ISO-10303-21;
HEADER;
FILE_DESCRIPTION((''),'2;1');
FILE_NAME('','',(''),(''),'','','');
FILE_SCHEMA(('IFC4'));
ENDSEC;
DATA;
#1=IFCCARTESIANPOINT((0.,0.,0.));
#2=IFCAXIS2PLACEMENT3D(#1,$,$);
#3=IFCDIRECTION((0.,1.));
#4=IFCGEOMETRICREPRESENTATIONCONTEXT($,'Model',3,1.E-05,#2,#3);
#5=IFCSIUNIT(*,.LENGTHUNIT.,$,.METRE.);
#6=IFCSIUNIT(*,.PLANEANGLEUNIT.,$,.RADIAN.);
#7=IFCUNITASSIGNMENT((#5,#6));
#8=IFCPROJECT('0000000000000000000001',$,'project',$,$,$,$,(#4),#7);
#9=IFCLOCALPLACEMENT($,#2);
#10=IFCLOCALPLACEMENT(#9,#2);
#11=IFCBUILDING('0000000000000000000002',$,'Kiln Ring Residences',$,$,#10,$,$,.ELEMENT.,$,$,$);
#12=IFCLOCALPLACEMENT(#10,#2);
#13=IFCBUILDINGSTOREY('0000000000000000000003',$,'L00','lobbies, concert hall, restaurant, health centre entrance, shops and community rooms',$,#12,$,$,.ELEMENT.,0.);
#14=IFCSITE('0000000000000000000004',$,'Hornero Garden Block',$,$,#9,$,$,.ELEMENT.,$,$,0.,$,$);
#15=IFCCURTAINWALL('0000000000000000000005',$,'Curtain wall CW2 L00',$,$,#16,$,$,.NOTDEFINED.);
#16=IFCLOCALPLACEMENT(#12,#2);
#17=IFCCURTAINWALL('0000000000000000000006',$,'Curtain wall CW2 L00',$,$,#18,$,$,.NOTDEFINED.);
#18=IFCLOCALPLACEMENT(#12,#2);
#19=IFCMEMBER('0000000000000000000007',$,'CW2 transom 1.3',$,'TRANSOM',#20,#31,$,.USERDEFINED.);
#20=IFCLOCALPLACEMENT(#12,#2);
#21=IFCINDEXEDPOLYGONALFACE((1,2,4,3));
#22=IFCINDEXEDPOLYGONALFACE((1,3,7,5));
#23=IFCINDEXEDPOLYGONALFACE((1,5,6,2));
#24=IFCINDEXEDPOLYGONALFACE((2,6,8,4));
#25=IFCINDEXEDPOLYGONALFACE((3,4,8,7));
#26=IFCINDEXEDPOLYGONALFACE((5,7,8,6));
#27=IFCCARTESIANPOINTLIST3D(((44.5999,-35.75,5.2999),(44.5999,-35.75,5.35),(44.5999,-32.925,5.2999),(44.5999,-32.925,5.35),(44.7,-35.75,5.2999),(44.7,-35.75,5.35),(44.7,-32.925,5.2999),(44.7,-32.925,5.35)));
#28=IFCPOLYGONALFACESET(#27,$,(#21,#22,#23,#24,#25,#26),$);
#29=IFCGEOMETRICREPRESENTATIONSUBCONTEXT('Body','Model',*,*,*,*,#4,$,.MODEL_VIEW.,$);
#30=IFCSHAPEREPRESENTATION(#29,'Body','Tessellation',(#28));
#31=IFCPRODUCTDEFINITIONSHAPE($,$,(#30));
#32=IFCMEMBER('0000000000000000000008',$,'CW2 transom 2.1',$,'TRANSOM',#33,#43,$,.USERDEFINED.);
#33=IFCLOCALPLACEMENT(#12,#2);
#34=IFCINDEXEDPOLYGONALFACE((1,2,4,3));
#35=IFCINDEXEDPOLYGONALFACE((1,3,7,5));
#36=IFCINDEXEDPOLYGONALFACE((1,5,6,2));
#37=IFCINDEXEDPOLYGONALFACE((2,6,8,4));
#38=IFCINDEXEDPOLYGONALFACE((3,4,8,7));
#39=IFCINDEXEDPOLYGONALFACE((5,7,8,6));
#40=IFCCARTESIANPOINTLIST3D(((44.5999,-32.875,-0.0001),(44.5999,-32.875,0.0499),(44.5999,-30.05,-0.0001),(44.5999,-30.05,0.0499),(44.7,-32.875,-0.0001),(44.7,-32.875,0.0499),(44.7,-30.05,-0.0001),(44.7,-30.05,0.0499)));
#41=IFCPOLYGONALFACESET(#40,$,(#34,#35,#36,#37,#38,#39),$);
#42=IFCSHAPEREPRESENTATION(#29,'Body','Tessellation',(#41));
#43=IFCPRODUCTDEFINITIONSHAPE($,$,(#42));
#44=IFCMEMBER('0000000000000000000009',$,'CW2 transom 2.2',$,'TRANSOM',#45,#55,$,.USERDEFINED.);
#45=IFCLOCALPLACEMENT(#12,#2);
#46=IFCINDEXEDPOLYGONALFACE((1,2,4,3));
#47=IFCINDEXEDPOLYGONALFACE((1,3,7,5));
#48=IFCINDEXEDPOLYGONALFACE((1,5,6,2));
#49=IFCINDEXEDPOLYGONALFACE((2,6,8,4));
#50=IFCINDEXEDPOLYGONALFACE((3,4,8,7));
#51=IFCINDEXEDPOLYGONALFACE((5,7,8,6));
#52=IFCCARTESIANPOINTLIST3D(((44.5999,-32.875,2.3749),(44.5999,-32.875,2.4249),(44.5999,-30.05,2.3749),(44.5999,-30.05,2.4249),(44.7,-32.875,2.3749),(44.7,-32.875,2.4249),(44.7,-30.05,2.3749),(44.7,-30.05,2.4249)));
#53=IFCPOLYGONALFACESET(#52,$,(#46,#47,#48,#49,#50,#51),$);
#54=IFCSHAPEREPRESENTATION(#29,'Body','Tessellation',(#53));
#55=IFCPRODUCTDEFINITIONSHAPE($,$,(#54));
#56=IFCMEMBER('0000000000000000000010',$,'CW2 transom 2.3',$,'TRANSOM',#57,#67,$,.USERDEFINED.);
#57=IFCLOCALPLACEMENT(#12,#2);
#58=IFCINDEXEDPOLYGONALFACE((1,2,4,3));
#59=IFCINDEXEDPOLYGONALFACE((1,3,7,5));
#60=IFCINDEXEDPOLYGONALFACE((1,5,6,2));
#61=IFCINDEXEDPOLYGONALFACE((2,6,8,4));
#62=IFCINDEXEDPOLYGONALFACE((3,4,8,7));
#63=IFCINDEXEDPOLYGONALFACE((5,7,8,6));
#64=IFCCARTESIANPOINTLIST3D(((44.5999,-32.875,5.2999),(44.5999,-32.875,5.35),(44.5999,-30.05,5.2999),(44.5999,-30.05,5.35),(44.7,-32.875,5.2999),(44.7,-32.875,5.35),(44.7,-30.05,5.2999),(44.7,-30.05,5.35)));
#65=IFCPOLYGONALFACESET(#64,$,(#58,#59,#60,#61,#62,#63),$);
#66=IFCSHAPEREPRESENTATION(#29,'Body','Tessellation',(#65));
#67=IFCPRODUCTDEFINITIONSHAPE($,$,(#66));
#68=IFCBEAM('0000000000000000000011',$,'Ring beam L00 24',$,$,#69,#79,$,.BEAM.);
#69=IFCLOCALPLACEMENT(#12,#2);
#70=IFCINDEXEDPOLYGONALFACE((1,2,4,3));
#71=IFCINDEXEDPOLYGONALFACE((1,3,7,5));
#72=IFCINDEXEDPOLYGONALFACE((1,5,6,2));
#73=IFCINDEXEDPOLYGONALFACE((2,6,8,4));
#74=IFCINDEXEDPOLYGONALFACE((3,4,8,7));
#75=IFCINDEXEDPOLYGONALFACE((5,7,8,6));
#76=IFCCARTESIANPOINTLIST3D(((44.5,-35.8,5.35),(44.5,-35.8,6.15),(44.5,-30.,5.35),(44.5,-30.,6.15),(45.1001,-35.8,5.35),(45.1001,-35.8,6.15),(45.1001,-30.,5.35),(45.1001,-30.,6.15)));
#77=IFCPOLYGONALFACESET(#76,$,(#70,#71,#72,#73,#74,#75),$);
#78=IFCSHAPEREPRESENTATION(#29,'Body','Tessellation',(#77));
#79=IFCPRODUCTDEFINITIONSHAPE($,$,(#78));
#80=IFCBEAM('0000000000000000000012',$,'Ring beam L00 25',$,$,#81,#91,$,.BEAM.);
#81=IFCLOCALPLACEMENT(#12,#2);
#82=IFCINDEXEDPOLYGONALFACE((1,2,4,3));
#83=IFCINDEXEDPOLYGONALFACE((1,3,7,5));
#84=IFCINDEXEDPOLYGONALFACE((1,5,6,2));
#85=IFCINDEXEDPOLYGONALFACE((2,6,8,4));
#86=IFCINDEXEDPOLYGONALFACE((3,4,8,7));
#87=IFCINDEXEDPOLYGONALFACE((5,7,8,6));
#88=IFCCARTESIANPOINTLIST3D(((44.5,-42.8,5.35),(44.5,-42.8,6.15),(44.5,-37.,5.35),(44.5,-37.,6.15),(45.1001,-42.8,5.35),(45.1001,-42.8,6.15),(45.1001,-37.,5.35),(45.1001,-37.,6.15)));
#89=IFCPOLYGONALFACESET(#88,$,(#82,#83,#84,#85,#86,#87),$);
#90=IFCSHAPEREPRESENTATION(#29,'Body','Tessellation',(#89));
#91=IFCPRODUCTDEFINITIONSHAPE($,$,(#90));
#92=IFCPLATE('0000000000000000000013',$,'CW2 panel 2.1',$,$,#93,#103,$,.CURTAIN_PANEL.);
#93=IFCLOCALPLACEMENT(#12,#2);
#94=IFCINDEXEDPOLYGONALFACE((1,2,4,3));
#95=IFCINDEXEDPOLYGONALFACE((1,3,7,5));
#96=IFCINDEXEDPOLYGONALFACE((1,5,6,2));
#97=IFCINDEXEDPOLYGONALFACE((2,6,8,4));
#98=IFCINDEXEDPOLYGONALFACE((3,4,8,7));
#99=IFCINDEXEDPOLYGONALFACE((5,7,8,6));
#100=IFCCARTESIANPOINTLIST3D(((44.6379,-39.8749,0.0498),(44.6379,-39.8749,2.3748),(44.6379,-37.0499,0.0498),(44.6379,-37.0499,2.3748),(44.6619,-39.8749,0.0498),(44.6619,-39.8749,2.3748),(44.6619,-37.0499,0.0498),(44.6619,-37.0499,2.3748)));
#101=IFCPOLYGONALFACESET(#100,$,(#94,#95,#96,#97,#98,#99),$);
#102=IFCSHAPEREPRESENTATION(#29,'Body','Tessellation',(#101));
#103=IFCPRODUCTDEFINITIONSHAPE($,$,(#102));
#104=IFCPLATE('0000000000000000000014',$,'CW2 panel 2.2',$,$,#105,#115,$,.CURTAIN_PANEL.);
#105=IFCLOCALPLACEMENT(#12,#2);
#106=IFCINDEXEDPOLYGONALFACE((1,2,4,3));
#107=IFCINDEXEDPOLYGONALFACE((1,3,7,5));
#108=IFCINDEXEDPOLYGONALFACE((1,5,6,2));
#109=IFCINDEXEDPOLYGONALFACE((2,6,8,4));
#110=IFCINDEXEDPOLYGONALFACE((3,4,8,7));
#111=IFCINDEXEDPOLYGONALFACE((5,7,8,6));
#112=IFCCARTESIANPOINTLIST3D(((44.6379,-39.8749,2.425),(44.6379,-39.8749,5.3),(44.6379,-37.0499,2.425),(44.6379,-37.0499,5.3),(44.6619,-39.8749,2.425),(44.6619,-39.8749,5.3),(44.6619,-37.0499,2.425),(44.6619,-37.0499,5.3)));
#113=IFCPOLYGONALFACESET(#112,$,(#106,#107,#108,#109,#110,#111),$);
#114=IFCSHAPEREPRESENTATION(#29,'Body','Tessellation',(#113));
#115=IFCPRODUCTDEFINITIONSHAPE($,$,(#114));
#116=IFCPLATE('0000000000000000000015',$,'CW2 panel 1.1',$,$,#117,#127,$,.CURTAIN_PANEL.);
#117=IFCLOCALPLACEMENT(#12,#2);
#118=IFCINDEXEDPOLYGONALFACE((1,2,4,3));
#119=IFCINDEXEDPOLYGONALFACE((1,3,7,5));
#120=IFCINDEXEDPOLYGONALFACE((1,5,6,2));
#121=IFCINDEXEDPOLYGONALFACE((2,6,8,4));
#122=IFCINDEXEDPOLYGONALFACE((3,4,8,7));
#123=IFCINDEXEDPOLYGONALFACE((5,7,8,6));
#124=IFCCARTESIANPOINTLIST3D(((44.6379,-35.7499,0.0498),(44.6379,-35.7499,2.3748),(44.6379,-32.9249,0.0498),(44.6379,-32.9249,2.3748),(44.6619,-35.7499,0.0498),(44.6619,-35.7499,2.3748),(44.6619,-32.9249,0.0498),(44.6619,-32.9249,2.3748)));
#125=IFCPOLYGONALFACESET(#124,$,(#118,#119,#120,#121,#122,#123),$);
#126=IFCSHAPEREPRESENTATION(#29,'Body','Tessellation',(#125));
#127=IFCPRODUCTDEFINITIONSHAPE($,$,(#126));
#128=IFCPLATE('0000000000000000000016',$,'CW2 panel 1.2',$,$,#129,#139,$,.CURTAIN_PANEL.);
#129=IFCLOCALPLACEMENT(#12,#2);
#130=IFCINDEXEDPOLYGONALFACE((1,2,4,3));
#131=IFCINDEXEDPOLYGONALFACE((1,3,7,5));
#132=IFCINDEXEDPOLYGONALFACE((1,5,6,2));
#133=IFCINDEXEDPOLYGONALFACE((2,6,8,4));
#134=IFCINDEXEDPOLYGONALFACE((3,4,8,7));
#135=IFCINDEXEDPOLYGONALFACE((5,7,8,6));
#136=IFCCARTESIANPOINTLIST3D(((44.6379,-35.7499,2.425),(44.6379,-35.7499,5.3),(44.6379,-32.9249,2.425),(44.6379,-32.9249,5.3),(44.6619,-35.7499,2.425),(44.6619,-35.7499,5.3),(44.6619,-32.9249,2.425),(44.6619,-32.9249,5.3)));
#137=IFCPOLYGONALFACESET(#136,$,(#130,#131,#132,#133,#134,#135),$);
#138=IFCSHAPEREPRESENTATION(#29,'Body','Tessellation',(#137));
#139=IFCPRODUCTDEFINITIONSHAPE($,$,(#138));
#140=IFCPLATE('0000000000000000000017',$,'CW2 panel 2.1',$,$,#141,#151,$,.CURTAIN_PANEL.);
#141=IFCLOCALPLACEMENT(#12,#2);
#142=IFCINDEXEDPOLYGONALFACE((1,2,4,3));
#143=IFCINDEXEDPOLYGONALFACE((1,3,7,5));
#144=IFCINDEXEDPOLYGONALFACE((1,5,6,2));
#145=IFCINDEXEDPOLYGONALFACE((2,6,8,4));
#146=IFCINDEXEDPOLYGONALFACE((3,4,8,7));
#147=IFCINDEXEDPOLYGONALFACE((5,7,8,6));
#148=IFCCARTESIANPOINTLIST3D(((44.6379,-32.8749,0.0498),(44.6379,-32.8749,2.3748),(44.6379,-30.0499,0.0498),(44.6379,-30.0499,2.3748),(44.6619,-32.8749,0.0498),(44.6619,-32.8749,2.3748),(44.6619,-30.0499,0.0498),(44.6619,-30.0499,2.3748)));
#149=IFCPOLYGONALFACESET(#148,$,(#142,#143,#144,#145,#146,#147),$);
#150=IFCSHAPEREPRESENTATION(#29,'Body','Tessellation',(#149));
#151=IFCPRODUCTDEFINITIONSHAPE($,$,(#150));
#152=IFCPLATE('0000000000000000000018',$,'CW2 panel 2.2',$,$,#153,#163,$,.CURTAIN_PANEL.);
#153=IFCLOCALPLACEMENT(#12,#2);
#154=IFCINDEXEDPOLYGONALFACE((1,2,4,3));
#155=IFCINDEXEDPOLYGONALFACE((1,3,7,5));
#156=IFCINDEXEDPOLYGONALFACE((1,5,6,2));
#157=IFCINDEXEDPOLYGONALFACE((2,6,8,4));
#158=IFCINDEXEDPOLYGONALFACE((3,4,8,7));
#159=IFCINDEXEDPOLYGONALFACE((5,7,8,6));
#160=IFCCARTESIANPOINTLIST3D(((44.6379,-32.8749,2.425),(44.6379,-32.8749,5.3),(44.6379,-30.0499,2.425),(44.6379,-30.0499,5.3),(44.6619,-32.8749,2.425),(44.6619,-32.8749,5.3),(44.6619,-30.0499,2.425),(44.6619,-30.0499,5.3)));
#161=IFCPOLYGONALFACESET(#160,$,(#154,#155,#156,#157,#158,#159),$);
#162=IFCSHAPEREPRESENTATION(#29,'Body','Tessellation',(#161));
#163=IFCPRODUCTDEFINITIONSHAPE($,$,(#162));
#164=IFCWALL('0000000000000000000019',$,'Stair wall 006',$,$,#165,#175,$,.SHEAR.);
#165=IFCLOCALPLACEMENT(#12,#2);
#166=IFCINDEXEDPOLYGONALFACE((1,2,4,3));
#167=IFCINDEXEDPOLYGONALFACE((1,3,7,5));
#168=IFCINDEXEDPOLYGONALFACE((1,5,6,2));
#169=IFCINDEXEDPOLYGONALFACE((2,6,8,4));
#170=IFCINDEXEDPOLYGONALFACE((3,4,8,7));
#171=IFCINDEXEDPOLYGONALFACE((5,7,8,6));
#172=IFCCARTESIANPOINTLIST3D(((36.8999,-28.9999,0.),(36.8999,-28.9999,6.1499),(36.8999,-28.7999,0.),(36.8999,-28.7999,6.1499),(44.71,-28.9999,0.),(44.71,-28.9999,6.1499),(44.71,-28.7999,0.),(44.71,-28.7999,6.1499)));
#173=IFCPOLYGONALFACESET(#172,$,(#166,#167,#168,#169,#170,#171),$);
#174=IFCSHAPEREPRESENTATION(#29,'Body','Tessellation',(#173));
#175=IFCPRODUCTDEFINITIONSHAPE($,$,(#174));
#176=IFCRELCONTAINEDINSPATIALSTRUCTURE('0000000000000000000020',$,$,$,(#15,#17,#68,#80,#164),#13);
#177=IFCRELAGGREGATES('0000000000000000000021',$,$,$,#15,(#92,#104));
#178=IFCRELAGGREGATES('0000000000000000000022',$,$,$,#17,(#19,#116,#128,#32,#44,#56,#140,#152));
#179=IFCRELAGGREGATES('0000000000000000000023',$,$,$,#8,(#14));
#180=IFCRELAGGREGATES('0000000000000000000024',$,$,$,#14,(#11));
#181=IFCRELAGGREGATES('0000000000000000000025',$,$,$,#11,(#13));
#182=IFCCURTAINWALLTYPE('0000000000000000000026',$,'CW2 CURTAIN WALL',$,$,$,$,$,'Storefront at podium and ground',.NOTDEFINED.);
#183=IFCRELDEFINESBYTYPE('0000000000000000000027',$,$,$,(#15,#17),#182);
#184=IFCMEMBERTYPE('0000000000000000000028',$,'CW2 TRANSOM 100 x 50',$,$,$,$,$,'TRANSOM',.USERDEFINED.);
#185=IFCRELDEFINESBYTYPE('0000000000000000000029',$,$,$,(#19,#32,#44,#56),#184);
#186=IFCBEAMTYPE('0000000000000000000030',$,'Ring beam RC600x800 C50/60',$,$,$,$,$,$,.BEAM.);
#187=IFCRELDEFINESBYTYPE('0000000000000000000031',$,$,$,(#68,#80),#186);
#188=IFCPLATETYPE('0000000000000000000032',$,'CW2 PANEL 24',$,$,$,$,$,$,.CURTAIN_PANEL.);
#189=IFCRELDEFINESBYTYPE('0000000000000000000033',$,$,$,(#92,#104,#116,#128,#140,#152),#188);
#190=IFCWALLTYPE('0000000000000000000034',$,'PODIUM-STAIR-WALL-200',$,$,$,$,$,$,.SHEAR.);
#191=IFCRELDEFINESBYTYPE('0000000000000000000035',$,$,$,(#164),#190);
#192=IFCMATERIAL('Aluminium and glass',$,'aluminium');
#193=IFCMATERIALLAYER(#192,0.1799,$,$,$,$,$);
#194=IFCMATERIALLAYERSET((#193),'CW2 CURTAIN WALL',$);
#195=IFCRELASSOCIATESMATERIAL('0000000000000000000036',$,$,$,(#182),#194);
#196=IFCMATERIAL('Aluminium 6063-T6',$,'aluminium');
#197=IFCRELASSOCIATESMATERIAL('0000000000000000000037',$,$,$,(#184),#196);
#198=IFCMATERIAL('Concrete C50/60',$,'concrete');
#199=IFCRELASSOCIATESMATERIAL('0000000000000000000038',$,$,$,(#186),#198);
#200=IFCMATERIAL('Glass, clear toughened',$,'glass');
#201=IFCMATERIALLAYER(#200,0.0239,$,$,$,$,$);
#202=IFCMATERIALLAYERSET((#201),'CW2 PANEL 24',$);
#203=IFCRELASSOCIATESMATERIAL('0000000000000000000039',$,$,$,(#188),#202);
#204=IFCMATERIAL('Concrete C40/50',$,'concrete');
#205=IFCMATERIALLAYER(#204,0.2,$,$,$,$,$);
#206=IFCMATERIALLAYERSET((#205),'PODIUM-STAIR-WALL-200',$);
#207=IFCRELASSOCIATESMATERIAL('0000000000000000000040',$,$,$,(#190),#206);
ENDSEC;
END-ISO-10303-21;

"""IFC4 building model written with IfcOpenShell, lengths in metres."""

from ifc_helpers import new_model, si_unit, direction, frame, frame_2d, origin, origin_2d, place, context, subcontext, project, spatial, rectangle, extrude, material, layer, layer_set, material_profile, profile_set, type_object, element, aggregate, save


model = new_model("IFC4")

# Units and contexts
model_context = context("Model", 3, precision=1e-05, world=origin(), true_north=direction((0.0, 1.0)))
body_context = subcontext(model_context, "Body", "Model", "MODEL_VIEW")
ifc_project = project(units=[si_unit("LENGTHUNIT", "METRE"), si_unit("PLANEANGLEUNIT", "RADIAN")], contexts=[model_context])

# Site, building, storey
site_placement = place(None, origin())
site = spatial("IfcSite", under=ifc_project, at=site_placement, Name="Hornero Garden Block", CompositionType="ELEMENT", RefElevation=0.0)
building_placement = place(site_placement, origin())
building = spatial("IfcBuilding", under=site, at=building_placement, Name="Kiln Ring Residences", CompositionType="ELEMENT")
storey_placement = place(building_placement, origin())
storey = spatial("IfcBuildingStorey", under=building, at=storey_placement, Name="L00", Description="lobbies, concert hall, restaurant, health centre entrance, shops and community rooms", CompositionType="ELEMENT", Elevation=0.0)

# Curtain wall
ifc_material_1 = material(Name="Aluminium and glass", Category="aluminium")
ifc_layer_1 = layer(ifc_material_1, 0.1799)
ifc_layer_set_1 = layer_set([ifc_layer_1], Name="CW2 CURTAIN WALL")
curtain_wall_type = type_object("IfcCurtainWallType", Name="CW2 CURTAIN WALL", ElementType="Storefront at podium and ground", PredefinedType="NOTDEFINED", material=ifc_layer_set_1)
placement = place(storey_placement, origin())
curtain_wall_1 = element("IfcCurtainWall", 1, at=placement, inside=storey, type_object=curtain_wall_type, Name="Curtain wall CW2 L00", PredefinedType="NOTDEFINED")

# Curtain wall
curtain_wall_2 = element("IfcCurtainWall", 2, at=placement, inside=storey, type_object=curtain_wall_type, Name="Curtain wall CW2 L00", PredefinedType="NOTDEFINED")

# Members
ifc_material_2 = material(Name="Aluminium 6063-T6", Category="aluminium")
ifc_material_profile_1 = material_profile(ifc_material_2, rectangle(XDim=0.1001, YDim=0.05, at=origin_2d()), Name="AL 100x50")
ifc_profile_set_1 = profile_set([ifc_material_profile_1], Name="Aluminium 6063-T6")
member_type_1 = type_object("IfcMemberType", Name="CW2 TRANSOM 100 x 50", ElementType="TRANSOM", PredefinedType="USERDEFINED", material=ifc_profile_set_1)
member_1_placement = place(storey_placement, frame((44.6499, -35.75, 5.325), z_axis=(0.0, 1.0, 0.0), x_axis=(-1.0, 0.0, 0.0)))
member_1 = element("IfcMember", 3, at=member_1_placement, type_object=member_type_1, Name="CW2 transom 1.3", ObjectType="TRANSOM", PredefinedType="USERDEFINED", context=body_context, shape_type="SweptSolid", body=[
    extrude(rectangle(XDim=0.1001, YDim=0.05, at=origin_2d()), origin(), (0.0, 0.0, 1.0), 2.825),
])
member_2_placement = place(storey_placement, frame((44.6499, -32.875, 0.0249), z_axis=(0.0, 1.0, 0.0), x_axis=(-1.0, 0.0, 0.0)))
member_2 = element("IfcMember", 4, at=member_2_placement, type_object=member_type_1, Name="CW2 transom 2.1", ObjectType="TRANSOM", PredefinedType="USERDEFINED", context=body_context, shape_type="SweptSolid", body=[
    extrude(rectangle(XDim=0.1001, YDim=0.05, at=origin_2d()), origin(), (0.0, 0.0, 1.0), 2.825),
])
member_3_placement = place(storey_placement, frame((44.6499, -32.875, 2.3999), z_axis=(0.0, 1.0, 0.0), x_axis=(-1.0, 0.0, 0.0)))
member_3 = element("IfcMember", 5, at=member_3_placement, type_object=member_type_1, Name="CW2 transom 2.2", ObjectType="TRANSOM", PredefinedType="USERDEFINED", context=body_context, shape_type="SweptSolid", body=[
    extrude(rectangle(XDim=0.1001, YDim=0.05, at=origin_2d()), origin(), (0.0, 0.0, 1.0), 2.825),
])
member_4_placement = place(storey_placement, frame((44.6499, -32.875, 5.325), z_axis=(0.0, 1.0, 0.0), x_axis=(-1.0, 0.0, 0.0)))
member_4 = element("IfcMember", 6, at=member_4_placement, type_object=member_type_1, Name="CW2 transom 2.3", ObjectType="TRANSOM", PredefinedType="USERDEFINED", context=body_context, shape_type="SweptSolid", body=[
    extrude(rectangle(XDim=0.1001, YDim=0.05, at=origin_2d()), origin(), (0.0, 0.0, 1.0), 2.825),
])

# Beams
ifc_material_3 = material(Name="Concrete C50/60", Category="concrete")
ifc_material_profile_2 = material_profile(ifc_material_3, rectangle(XDim=0.6001, YDim=0.8, at=origin_2d()), Name="RC600x800")
ifc_profile_set_2 = profile_set([ifc_material_profile_2], Name="Concrete C50/60")
beam_type = type_object("IfcBeamType", Name="Ring beam RC600x800 C50/60", PredefinedType="BEAM", material=ifc_profile_set_2)
for number, where, z_axis, x_axis, name in (
    (7, (44.8, -30.0, 5.75), (0.0, -1.0, 0.0), (1.0, 0.0, 0.0), "Ring beam L00 24"),
    (8, (44.8, -37.0, 5.75), (0.0, -1.0, 0.0), (1.0, 0.0, 0.0), "Ring beam L00 25"),
):
    element("IfcBeam", number, at=place(storey_placement, frame(where, z_axis=z_axis, x_axis=x_axis)), inside=storey, type_object=beam_type, Name=name, PredefinedType="BEAM", context=body_context, shape_type="SweptSolid", body=[
        extrude(rectangle(XDim=0.6001, YDim=0.8, at=origin_2d()), origin(), (0.0, 0.0, 1.0), 5.8),
    ])

# Plates
ifc_material_4 = material(Name="Glass, clear toughened", Category="glass")
ifc_layer_2 = layer(ifc_material_4, 0.0239)
ifc_layer_set_2 = layer_set([ifc_layer_2], Name="CW2 PANEL 24")
plate_type = type_object("IfcPlateType", Name="CW2 PANEL 24", PredefinedType="CURTAIN_PANEL", material=ifc_layer_set_2)
plate_1_placement = place(storey_placement, frame((44.6499, -38.4624, 0.0498), z_axis=(0.0, 0.0, 1.0), x_axis=(0.0, 1.0, 0.0)))
plate_1 = element("IfcPlate", 9, at=plate_1_placement, type_object=plate_type, Name="CW2 panel 2.1", PredefinedType="CURTAIN_PANEL", context=body_context, shape_type="SweptSolid", body=[
    extrude(rectangle(XDim=2.825, YDim=0.0239, at=origin_2d()), origin(), (0.0, 0.0, 1.0), 2.325),
])
plate_2_placement = place(storey_placement, frame((44.6499, -38.4624, 2.425), z_axis=(0.0, 0.0, 1.0), x_axis=(0.0, 1.0, 0.0)))
plate_2 = element("IfcPlate", 10, at=plate_2_placement, type_object=plate_type, Name="CW2 panel 2.2", PredefinedType="CURTAIN_PANEL", context=body_context, shape_type="SweptSolid", body=[
    extrude(rectangle(XDim=2.825, YDim=0.0239, at=origin_2d()), origin(), (0.0, 0.0, 1.0), 2.875),
])
aggregate(curtain_wall_1, [plate_1, plate_2])
plate_3_placement = place(storey_placement, frame((44.6499, -34.3374, 0.0498), z_axis=(0.0, 0.0, 1.0), x_axis=(0.0, 1.0, 0.0)))
plate_3 = element("IfcPlate", 11, at=plate_3_placement, type_object=plate_type, Name="CW2 panel 1.1", PredefinedType="CURTAIN_PANEL", context=body_context, shape_type="SweptSolid", body=[
    extrude(rectangle(XDim=2.825, YDim=0.0239, at=origin_2d()), origin(), (0.0, 0.0, 1.0), 2.325),
])
plate_4_placement = place(storey_placement, frame((44.6499, -34.3374, 2.425), z_axis=(0.0, 0.0, 1.0), x_axis=(0.0, 1.0, 0.0)))
plate_4 = element("IfcPlate", 12, at=plate_4_placement, type_object=plate_type, Name="CW2 panel 1.2", PredefinedType="CURTAIN_PANEL", context=body_context, shape_type="SweptSolid", body=[
    extrude(rectangle(XDim=2.825, YDim=0.0239, at=origin_2d()), origin(), (0.0, 0.0, 1.0), 2.875),
])
plate_5_placement = place(storey_placement, frame((44.6499, -31.4624, 0.0498), z_axis=(0.0, 0.0, 1.0), x_axis=(0.0, 1.0, 0.0)))
plate_5 = element("IfcPlate", 13, at=plate_5_placement, type_object=plate_type, Name="CW2 panel 2.1", PredefinedType="CURTAIN_PANEL", context=body_context, shape_type="SweptSolid", body=[
    extrude(rectangle(XDim=2.825, YDim=0.0239, at=origin_2d()), origin(), (0.0, 0.0, 1.0), 2.325),
])
plate_6_placement = place(storey_placement, frame((44.6499, -31.4624, 2.425), z_axis=(0.0, 0.0, 1.0), x_axis=(0.0, 1.0, 0.0)))
plate_6 = element("IfcPlate", 14, at=plate_6_placement, type_object=plate_type, Name="CW2 panel 2.2", PredefinedType="CURTAIN_PANEL", context=body_context, shape_type="SweptSolid", body=[
    extrude(rectangle(XDim=2.825, YDim=0.0239, at=origin_2d()), origin(), (0.0, 0.0, 1.0), 2.875),
])
aggregate(curtain_wall_2, [member_1, plate_3, plate_4, member_2, member_3, member_4, plate_5, plate_6])

# Wall
ifc_material_5 = material(Name="Concrete C40/50", Category="concrete")
ifc_layer_3 = layer(ifc_material_5, 0.2)
ifc_layer_set_3 = layer_set([ifc_layer_3], Name="PODIUM-STAIR-WALL-200")
wall_type = type_object("IfcWallType", Name="PODIUM-STAIR-WALL-200", PredefinedType="SHEAR", material=ifc_layer_set_3)
wall_placement = place(storey_placement, frame((36.8999, -28.8999, 0.0), z_axis=(0.0, 0.0, 1.0), x_axis=(1.0, 0.0, 0.0)))
element("IfcWall", 15, at=wall_placement, inside=storey, type_object=wall_type, Name="Stair wall 006", PredefinedType="SHEAR", context=body_context, shape_type="SweptSolid", body=[
    extrude(rectangle(XDim=7.8101, YDim=0.2, at=frame_2d((3.905, 0.0))), origin(), (0.0, 0.0, 1.0), 6.1499),
])

save(model, "model.ifc")
